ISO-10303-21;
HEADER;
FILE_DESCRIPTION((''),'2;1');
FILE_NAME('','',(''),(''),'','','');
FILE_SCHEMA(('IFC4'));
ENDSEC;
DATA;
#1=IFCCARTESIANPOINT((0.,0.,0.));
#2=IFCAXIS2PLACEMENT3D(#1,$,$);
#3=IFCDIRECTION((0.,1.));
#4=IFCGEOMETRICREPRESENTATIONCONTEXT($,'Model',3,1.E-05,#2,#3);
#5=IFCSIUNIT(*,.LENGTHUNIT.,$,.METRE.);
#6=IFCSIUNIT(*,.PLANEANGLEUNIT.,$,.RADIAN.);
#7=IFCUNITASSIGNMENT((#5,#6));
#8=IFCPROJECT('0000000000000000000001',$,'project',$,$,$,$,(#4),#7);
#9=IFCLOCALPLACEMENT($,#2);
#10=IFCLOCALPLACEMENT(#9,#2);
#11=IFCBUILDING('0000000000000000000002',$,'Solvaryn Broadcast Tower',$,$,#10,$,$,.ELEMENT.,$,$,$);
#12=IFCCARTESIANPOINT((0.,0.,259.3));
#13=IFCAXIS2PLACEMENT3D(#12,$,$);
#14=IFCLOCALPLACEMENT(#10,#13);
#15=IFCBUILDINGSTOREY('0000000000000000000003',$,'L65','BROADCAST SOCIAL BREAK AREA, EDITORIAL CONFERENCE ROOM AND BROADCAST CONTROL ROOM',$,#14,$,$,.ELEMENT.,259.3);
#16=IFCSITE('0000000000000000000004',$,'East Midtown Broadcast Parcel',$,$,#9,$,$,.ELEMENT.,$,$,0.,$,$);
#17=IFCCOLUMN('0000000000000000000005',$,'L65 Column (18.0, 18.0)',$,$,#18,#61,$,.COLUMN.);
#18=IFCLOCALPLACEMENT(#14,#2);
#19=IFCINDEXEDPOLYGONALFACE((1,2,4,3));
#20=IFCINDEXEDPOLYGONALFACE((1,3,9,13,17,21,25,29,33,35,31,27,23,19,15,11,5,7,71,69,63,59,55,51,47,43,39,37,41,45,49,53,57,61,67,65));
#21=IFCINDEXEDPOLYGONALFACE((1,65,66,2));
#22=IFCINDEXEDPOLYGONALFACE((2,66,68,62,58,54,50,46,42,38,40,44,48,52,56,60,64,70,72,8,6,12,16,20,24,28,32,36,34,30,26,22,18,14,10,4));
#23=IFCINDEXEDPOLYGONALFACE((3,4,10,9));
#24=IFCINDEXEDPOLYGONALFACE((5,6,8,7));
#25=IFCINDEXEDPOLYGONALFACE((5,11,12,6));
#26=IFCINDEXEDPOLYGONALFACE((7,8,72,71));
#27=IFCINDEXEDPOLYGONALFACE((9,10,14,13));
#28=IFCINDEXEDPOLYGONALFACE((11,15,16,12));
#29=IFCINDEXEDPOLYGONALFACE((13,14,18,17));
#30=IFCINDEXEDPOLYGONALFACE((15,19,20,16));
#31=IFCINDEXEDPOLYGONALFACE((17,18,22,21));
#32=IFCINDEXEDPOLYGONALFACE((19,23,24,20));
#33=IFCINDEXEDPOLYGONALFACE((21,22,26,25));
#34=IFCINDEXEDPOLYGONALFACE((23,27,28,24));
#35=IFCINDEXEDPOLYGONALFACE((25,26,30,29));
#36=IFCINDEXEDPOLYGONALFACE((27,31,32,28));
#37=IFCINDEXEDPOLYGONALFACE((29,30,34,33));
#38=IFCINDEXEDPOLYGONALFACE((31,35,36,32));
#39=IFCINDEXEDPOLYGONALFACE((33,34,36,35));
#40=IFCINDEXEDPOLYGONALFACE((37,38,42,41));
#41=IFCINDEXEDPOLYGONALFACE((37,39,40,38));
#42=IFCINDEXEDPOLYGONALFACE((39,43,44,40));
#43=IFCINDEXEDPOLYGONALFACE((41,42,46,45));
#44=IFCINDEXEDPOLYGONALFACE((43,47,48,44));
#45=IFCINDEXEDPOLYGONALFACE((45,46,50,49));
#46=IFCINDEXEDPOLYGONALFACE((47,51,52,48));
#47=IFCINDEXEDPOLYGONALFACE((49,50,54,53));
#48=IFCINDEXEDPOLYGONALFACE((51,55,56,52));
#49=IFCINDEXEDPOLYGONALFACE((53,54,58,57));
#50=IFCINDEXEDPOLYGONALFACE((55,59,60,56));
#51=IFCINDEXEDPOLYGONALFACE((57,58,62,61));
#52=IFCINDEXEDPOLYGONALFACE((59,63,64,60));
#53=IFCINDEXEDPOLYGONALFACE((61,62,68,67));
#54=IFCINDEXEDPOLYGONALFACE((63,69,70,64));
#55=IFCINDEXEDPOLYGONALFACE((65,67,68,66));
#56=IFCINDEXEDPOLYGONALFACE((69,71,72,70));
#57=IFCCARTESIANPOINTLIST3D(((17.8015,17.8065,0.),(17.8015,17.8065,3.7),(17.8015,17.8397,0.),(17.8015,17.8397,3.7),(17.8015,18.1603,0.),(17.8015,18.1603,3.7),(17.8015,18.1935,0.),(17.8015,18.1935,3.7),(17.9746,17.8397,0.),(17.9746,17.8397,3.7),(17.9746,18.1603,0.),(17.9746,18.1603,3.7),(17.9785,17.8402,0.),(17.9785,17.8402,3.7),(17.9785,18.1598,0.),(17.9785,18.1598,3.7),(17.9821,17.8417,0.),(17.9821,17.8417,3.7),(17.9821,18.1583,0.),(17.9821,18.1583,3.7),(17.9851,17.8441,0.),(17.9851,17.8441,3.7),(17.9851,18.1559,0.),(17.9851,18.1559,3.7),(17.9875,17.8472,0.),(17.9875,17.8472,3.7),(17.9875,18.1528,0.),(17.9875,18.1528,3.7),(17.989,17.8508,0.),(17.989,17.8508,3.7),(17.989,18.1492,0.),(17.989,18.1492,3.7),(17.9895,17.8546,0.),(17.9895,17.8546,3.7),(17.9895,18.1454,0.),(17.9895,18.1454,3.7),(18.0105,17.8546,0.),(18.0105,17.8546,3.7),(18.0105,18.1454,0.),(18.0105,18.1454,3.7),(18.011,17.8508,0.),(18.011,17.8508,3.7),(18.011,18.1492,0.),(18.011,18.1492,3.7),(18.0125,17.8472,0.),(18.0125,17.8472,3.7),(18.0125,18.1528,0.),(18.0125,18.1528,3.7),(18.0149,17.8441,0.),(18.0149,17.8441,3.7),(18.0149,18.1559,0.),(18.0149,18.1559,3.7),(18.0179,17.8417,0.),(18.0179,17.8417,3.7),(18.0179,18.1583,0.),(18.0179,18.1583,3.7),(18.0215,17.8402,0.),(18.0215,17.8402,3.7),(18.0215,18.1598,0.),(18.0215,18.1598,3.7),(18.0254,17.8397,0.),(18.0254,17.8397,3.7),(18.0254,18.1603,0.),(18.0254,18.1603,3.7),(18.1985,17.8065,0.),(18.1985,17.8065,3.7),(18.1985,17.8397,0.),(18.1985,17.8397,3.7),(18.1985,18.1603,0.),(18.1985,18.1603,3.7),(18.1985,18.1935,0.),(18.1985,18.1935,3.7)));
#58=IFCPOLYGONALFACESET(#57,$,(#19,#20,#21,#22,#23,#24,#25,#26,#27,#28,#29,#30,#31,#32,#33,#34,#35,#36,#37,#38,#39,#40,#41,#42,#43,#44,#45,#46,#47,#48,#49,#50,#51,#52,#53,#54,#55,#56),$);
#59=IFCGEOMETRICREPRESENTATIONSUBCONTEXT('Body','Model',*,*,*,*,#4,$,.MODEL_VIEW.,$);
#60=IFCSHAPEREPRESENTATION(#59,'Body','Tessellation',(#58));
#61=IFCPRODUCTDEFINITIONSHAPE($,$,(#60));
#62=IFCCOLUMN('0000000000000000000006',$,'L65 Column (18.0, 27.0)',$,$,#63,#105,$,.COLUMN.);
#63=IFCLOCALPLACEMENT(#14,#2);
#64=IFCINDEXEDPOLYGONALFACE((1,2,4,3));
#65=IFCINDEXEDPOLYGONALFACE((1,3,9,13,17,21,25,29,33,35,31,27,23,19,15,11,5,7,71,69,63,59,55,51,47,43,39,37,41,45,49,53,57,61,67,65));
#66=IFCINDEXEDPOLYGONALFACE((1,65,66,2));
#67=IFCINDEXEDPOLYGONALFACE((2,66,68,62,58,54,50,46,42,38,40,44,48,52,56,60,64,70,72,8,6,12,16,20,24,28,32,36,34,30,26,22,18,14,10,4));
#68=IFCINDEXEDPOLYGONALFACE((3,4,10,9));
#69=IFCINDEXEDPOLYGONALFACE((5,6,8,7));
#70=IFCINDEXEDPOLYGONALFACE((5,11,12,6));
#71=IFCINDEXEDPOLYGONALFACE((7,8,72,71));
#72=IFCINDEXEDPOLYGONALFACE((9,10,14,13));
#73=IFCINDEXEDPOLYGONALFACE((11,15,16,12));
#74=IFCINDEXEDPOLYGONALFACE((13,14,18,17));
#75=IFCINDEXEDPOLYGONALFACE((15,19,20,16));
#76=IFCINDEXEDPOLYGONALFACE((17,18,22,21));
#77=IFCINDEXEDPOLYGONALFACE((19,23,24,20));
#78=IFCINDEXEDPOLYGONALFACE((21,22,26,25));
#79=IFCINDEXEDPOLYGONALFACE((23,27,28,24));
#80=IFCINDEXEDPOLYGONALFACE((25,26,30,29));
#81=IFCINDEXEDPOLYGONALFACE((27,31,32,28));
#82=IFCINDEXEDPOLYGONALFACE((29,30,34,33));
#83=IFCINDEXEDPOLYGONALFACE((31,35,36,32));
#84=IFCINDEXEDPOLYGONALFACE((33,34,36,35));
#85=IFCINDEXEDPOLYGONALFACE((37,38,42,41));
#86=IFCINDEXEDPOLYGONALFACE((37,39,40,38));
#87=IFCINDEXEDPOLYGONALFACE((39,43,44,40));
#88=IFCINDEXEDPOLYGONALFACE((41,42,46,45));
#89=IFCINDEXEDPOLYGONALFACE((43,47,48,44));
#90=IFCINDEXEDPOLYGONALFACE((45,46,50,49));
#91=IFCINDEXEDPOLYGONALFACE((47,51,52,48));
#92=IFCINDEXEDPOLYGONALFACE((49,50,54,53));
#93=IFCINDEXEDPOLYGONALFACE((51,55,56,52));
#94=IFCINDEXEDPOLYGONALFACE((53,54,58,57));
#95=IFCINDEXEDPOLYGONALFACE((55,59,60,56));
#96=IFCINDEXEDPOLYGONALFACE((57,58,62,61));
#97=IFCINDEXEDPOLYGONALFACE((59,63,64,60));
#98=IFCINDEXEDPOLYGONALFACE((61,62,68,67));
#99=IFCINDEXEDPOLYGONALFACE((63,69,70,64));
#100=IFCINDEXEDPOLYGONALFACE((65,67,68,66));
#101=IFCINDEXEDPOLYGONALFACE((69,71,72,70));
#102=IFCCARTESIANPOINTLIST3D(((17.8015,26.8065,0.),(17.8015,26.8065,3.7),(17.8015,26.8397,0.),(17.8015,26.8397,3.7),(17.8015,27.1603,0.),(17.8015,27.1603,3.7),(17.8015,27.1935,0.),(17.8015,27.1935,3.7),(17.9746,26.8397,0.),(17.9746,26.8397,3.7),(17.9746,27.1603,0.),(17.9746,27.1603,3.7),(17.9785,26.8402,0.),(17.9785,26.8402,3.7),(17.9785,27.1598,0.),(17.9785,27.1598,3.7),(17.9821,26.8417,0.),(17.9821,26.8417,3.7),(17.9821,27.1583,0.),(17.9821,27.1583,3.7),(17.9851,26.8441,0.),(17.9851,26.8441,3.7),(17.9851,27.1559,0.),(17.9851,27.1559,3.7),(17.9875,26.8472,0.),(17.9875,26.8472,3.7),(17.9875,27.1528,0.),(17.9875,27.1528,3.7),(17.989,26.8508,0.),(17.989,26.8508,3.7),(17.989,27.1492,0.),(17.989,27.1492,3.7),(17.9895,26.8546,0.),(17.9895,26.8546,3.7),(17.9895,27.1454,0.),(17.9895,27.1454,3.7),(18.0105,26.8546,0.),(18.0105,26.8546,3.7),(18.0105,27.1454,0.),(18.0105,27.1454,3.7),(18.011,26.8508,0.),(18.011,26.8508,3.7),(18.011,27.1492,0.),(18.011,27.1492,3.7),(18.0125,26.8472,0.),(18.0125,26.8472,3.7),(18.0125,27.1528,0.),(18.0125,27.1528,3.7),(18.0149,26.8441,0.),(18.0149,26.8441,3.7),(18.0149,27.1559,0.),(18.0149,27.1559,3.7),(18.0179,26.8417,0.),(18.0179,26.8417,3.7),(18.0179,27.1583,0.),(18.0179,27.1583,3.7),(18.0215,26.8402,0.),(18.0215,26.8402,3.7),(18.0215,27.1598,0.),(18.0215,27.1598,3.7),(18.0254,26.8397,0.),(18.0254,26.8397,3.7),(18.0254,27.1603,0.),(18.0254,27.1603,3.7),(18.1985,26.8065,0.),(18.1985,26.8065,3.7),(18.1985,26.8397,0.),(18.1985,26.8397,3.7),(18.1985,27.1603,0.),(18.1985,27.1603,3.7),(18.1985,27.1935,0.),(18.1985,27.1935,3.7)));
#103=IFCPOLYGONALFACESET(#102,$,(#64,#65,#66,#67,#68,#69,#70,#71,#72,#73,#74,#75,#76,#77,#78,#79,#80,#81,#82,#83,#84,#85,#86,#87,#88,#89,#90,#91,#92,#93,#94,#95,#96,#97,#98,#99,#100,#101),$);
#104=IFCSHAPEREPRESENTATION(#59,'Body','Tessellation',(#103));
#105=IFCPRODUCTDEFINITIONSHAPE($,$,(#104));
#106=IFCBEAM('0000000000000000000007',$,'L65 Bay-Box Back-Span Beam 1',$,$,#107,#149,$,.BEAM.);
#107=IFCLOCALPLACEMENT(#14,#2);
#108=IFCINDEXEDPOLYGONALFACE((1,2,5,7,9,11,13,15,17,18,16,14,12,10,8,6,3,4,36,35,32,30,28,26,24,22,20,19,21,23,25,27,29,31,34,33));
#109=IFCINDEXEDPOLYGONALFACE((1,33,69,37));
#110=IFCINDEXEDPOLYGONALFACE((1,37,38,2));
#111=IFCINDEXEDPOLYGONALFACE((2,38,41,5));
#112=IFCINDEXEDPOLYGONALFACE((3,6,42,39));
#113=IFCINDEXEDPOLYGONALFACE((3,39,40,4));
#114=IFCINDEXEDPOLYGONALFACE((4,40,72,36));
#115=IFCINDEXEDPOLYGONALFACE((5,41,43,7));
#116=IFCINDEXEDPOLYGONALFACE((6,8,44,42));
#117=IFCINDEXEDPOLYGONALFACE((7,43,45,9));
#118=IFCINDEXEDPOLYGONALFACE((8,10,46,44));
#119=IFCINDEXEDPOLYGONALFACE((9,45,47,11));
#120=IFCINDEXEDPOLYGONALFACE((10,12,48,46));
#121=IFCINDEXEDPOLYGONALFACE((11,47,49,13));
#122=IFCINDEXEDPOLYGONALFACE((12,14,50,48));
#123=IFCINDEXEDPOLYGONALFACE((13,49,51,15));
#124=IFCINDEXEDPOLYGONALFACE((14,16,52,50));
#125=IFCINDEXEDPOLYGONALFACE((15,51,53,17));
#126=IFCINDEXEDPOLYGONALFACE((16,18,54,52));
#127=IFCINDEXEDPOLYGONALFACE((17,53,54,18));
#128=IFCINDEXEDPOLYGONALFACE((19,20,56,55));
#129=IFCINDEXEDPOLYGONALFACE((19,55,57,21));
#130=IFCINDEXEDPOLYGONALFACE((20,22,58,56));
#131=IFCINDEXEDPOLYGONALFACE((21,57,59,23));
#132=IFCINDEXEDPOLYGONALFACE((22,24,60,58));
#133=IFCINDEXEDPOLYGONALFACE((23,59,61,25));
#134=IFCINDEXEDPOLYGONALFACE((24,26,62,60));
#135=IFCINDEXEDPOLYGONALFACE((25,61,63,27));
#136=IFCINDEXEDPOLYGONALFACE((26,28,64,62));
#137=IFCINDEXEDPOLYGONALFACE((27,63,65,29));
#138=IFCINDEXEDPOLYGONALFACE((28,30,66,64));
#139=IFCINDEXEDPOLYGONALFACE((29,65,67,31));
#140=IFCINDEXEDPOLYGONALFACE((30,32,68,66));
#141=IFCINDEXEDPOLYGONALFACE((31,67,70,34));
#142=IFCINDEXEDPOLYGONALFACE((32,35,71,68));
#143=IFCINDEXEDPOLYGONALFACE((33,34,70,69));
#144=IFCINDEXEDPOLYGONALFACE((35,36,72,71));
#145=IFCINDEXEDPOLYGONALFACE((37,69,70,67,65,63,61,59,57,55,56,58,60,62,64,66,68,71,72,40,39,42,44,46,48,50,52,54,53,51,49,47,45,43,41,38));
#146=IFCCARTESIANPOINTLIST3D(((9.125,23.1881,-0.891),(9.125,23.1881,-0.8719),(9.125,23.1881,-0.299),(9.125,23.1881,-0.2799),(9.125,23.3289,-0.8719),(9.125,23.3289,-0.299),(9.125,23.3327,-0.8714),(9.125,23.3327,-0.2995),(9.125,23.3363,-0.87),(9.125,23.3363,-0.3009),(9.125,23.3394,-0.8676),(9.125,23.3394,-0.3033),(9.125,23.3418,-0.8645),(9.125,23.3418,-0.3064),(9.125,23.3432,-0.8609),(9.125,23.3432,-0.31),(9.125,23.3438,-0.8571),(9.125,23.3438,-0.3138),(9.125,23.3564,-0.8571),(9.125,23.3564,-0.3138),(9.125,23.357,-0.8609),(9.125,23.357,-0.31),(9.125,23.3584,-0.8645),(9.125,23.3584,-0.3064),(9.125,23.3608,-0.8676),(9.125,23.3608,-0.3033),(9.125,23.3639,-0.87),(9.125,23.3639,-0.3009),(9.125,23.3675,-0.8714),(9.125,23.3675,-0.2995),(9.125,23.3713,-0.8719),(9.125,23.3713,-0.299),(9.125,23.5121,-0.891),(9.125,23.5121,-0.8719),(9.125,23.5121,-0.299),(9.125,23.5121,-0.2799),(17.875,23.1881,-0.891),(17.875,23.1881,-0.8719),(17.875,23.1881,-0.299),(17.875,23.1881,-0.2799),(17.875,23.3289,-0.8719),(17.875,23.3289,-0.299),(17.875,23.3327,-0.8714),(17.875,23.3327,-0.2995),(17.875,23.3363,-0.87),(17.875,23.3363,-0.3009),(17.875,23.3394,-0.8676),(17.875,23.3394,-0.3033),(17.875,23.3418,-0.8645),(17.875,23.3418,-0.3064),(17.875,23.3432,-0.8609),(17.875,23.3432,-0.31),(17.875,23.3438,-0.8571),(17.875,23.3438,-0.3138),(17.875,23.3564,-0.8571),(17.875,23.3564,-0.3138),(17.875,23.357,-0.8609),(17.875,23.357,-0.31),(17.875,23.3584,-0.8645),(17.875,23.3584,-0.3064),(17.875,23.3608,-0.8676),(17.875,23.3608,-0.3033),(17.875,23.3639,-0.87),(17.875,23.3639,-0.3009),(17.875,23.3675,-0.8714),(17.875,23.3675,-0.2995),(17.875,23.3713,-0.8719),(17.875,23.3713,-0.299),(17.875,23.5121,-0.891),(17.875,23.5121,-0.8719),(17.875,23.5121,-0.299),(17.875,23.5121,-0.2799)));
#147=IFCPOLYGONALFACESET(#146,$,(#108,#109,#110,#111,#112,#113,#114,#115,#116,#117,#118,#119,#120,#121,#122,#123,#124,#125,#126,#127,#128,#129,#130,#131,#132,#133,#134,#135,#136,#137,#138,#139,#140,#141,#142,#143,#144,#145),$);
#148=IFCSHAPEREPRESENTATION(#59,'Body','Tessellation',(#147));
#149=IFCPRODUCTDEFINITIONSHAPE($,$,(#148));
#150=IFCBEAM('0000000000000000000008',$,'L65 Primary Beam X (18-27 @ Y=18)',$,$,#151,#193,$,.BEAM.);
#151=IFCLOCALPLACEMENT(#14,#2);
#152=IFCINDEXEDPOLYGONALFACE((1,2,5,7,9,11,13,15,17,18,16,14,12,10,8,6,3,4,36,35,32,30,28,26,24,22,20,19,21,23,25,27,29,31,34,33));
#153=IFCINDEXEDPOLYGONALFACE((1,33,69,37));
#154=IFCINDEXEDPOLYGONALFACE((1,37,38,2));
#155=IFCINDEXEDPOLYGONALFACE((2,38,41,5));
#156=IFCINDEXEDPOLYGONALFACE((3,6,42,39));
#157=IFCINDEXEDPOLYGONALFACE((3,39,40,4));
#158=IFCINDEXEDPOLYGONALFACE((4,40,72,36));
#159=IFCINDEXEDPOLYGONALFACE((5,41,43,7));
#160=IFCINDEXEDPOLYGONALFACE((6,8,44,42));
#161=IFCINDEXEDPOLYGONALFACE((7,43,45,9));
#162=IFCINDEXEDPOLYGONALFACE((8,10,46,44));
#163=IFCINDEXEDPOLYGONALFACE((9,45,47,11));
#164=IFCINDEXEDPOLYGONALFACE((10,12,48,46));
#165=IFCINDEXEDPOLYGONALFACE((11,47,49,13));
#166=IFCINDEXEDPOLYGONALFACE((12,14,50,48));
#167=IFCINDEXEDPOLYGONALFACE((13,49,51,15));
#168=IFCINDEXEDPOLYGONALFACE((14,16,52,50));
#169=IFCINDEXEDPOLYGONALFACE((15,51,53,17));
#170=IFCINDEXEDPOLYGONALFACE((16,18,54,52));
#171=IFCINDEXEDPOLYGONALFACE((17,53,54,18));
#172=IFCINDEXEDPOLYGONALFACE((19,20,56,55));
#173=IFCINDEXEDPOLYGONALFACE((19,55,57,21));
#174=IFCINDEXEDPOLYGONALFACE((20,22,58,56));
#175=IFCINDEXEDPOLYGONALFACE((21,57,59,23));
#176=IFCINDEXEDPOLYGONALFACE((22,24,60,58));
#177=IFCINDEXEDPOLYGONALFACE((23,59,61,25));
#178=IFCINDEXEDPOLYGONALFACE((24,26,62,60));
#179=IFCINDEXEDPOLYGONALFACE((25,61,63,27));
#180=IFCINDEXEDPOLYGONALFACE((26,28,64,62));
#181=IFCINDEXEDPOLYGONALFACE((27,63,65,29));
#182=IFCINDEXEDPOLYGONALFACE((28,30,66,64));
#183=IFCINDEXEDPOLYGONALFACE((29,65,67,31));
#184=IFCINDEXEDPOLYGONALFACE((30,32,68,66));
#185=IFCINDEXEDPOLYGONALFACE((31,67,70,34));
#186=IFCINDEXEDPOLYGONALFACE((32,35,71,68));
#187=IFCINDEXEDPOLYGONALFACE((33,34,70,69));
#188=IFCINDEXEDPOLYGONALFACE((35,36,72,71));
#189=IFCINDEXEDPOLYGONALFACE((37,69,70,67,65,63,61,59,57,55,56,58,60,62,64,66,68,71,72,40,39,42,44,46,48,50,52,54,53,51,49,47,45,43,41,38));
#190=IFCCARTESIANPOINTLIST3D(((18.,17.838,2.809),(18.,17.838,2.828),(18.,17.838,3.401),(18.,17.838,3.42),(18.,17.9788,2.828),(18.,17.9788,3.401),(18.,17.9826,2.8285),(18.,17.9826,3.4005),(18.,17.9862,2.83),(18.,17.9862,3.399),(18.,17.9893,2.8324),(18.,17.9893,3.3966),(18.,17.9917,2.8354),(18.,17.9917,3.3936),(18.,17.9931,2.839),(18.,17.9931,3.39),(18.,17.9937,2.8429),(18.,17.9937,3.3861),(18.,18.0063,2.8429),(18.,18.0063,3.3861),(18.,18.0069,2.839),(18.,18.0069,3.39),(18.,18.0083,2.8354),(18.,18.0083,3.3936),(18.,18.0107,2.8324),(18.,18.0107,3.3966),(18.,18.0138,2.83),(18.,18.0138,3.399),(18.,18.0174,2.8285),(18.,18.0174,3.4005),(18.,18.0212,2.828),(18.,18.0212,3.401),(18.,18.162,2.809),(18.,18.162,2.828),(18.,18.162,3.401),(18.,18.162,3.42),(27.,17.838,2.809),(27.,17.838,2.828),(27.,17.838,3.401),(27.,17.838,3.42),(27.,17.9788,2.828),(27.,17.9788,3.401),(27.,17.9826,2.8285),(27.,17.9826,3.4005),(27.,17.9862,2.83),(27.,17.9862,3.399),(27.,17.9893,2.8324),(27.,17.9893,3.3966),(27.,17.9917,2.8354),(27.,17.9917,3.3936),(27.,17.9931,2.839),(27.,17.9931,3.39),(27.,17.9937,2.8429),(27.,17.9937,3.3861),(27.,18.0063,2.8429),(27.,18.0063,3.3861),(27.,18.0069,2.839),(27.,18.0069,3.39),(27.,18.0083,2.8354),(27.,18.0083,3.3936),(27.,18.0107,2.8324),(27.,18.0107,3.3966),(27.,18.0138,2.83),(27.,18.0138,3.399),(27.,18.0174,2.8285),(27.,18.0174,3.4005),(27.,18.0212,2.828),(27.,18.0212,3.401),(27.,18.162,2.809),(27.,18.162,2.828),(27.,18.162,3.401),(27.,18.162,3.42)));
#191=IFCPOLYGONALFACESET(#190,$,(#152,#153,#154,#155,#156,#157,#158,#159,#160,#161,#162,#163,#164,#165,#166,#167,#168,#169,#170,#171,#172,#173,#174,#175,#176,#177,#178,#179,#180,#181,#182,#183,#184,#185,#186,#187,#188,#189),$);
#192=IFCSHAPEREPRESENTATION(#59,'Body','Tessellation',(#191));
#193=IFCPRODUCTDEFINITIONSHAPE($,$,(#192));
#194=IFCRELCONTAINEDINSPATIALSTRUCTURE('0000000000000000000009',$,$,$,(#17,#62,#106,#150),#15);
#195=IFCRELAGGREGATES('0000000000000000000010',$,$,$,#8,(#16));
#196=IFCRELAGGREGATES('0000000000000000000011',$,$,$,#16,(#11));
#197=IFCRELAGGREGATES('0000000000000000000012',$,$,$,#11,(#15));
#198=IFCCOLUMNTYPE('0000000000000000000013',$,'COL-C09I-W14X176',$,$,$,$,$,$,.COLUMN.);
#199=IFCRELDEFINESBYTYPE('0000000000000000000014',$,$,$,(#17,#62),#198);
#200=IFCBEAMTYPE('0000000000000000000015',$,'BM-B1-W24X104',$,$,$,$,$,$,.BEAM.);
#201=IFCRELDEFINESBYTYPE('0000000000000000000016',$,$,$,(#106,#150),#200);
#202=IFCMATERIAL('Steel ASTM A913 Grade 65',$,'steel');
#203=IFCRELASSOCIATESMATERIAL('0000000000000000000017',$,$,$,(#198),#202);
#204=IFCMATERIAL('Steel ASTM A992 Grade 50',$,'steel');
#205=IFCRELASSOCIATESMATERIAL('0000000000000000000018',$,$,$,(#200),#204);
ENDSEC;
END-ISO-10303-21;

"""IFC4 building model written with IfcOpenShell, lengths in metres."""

from ifc_helpers import new_model, si_unit, direction, frame, origin, origin_2d, place, context, subcontext, project, spatial, i_section, extrude, material, material_profile, profile_set, type_object, element, save


model = new_model("IFC4")

# Units and contexts
model_context = context("Model", 3, precision=1e-05, world=origin(), true_north=direction((0.0, 1.0)))
body_context = subcontext(model_context, "Body", "Model", "MODEL_VIEW")
ifc_project = project(units=[si_unit("LENGTHUNIT", "METRE"), si_unit("PLANEANGLEUNIT", "RADIAN")], contexts=[model_context])

# Site, building, storey
site_placement = place(None, origin())
site = spatial("IfcSite", under=ifc_project, at=site_placement, Name="East Midtown Broadcast Parcel", CompositionType="ELEMENT", RefElevation=0.0)
building_placement = place(site_placement, origin())
building = spatial("IfcBuilding", under=site, at=building_placement, Name="Solvaryn Broadcast Tower", CompositionType="ELEMENT")
storey_placement = place(building_placement, frame((0.0, 0.0, 259.3)))
storey = spatial("IfcBuildingStorey", under=building, at=storey_placement, Name="L65", Description="BROADCAST SOCIAL BREAK AREA, EDITORIAL CONFERENCE ROOM AND BROADCAST CONTROL ROOM", CompositionType="ELEMENT", Elevation=259.3)

# Columns
ifc_material_1 = material(Name="Steel ASTM A913 Grade 65", Category="steel")
ifc_material_profile_1 = material_profile(ifc_material_1, i_section(OverallWidth=0.397, OverallDepth=0.387, WebThickness=0.021, FlangeThickness=0.0332, FilletRadius=0.0149, at=origin_2d()))
ifc_profile_set_1 = profile_set([ifc_material_profile_1], Name="Steel ASTM A913 Grade 65")
column_type = type_object("IfcColumnType", Name="COL-C09I-W14X176", PredefinedType="COLUMN", material=ifc_profile_set_1)
for number, where, z_axis, x_axis, name in (
    (1, (18.0, 18.0, 0.0), (0.0, 0.0, 1.0), (1.0, 0.0, 0.0), "L65 Column (18.0, 18.0)"),
    (2, (18.0, 27.0, 0.0), (0.0, 0.0, 1.0), (1.0, 0.0, 0.0), "L65 Column (18.0, 27.0)"),
):
    element("IfcColumn", number, at=place(storey_placement, frame(where, z_axis=z_axis, x_axis=x_axis)), inside=storey, type_object=column_type, Name=name, PredefinedType="COLUMN", context=body_context, shape_type="SweptSolid", body=[
        extrude(i_section(OverallWidth=0.397, OverallDepth=0.387, WebThickness=0.021, FlangeThickness=0.0332, FilletRadius=0.0149, at=origin_2d()), origin(), (0.0, 0.0, 1.0), 3.7),
    ])

# Beams
ifc_material_2 = material(Name="Steel ASTM A992 Grade 50", Category="steel")
ifc_material_profile_2 = material_profile(ifc_material_2, i_section(OverallWidth=0.324, OverallDepth=0.6111, WebThickness=0.0127, FlangeThickness=0.019, FilletRadius=0.0149, at=origin_2d()))
ifc_profile_set_2 = profile_set([ifc_material_profile_2], Name="Steel ASTM A992 Grade 50")
beam_type_1 = type_object("IfcBeamType", Name="BM-B1-W24X104", PredefinedType="BEAM", material=ifc_profile_set_2)
beam_1_placement = place(storey_placement, frame((17.875, 23.3501, -0.5854), z_axis=(-1.0, 0.0, 0.0), x_axis=(0.0, -1.0, 0.0)))
element("IfcBeam", 3, at=beam_1_placement, inside=storey, type_object=beam_type_1, Name="L65 Bay-Box Back-Span Beam 1", PredefinedType="BEAM", context=body_context, shape_type="SweptSolid", body=[
    extrude(i_section(OverallWidth=0.324, OverallDepth=0.6111, WebThickness=0.0127, FlangeThickness=0.019, FilletRadius=0.0149, at=origin_2d()), origin(), (0.0, 0.0, 1.0), 8.75),
])
for number, where, z_axis, x_axis, name in (
    (4, (18.0, 18.0, 3.1145), (1.0, 0.0, 0.0), (0.0, 1.0, 0.0), "L65 Primary Beam X (18-27 @ Y=18)"),
):
    element("IfcBeam", number, at=place(storey_placement, frame(where, z_axis=z_axis, x_axis=x_axis)), inside=storey, type_object=beam_type_1, Name=name, PredefinedType="BEAM", context=body_context, shape_type="SweptSolid", body=[
        extrude(i_section(OverallWidth=0.324, OverallDepth=0.6111, WebThickness=0.0127, FlangeThickness=0.019, FilletRadius=0.0149, at=origin_2d()), origin(), (0.0, 0.0, 1.0), 9.0),
    ])

save(model, "model.ifc")
